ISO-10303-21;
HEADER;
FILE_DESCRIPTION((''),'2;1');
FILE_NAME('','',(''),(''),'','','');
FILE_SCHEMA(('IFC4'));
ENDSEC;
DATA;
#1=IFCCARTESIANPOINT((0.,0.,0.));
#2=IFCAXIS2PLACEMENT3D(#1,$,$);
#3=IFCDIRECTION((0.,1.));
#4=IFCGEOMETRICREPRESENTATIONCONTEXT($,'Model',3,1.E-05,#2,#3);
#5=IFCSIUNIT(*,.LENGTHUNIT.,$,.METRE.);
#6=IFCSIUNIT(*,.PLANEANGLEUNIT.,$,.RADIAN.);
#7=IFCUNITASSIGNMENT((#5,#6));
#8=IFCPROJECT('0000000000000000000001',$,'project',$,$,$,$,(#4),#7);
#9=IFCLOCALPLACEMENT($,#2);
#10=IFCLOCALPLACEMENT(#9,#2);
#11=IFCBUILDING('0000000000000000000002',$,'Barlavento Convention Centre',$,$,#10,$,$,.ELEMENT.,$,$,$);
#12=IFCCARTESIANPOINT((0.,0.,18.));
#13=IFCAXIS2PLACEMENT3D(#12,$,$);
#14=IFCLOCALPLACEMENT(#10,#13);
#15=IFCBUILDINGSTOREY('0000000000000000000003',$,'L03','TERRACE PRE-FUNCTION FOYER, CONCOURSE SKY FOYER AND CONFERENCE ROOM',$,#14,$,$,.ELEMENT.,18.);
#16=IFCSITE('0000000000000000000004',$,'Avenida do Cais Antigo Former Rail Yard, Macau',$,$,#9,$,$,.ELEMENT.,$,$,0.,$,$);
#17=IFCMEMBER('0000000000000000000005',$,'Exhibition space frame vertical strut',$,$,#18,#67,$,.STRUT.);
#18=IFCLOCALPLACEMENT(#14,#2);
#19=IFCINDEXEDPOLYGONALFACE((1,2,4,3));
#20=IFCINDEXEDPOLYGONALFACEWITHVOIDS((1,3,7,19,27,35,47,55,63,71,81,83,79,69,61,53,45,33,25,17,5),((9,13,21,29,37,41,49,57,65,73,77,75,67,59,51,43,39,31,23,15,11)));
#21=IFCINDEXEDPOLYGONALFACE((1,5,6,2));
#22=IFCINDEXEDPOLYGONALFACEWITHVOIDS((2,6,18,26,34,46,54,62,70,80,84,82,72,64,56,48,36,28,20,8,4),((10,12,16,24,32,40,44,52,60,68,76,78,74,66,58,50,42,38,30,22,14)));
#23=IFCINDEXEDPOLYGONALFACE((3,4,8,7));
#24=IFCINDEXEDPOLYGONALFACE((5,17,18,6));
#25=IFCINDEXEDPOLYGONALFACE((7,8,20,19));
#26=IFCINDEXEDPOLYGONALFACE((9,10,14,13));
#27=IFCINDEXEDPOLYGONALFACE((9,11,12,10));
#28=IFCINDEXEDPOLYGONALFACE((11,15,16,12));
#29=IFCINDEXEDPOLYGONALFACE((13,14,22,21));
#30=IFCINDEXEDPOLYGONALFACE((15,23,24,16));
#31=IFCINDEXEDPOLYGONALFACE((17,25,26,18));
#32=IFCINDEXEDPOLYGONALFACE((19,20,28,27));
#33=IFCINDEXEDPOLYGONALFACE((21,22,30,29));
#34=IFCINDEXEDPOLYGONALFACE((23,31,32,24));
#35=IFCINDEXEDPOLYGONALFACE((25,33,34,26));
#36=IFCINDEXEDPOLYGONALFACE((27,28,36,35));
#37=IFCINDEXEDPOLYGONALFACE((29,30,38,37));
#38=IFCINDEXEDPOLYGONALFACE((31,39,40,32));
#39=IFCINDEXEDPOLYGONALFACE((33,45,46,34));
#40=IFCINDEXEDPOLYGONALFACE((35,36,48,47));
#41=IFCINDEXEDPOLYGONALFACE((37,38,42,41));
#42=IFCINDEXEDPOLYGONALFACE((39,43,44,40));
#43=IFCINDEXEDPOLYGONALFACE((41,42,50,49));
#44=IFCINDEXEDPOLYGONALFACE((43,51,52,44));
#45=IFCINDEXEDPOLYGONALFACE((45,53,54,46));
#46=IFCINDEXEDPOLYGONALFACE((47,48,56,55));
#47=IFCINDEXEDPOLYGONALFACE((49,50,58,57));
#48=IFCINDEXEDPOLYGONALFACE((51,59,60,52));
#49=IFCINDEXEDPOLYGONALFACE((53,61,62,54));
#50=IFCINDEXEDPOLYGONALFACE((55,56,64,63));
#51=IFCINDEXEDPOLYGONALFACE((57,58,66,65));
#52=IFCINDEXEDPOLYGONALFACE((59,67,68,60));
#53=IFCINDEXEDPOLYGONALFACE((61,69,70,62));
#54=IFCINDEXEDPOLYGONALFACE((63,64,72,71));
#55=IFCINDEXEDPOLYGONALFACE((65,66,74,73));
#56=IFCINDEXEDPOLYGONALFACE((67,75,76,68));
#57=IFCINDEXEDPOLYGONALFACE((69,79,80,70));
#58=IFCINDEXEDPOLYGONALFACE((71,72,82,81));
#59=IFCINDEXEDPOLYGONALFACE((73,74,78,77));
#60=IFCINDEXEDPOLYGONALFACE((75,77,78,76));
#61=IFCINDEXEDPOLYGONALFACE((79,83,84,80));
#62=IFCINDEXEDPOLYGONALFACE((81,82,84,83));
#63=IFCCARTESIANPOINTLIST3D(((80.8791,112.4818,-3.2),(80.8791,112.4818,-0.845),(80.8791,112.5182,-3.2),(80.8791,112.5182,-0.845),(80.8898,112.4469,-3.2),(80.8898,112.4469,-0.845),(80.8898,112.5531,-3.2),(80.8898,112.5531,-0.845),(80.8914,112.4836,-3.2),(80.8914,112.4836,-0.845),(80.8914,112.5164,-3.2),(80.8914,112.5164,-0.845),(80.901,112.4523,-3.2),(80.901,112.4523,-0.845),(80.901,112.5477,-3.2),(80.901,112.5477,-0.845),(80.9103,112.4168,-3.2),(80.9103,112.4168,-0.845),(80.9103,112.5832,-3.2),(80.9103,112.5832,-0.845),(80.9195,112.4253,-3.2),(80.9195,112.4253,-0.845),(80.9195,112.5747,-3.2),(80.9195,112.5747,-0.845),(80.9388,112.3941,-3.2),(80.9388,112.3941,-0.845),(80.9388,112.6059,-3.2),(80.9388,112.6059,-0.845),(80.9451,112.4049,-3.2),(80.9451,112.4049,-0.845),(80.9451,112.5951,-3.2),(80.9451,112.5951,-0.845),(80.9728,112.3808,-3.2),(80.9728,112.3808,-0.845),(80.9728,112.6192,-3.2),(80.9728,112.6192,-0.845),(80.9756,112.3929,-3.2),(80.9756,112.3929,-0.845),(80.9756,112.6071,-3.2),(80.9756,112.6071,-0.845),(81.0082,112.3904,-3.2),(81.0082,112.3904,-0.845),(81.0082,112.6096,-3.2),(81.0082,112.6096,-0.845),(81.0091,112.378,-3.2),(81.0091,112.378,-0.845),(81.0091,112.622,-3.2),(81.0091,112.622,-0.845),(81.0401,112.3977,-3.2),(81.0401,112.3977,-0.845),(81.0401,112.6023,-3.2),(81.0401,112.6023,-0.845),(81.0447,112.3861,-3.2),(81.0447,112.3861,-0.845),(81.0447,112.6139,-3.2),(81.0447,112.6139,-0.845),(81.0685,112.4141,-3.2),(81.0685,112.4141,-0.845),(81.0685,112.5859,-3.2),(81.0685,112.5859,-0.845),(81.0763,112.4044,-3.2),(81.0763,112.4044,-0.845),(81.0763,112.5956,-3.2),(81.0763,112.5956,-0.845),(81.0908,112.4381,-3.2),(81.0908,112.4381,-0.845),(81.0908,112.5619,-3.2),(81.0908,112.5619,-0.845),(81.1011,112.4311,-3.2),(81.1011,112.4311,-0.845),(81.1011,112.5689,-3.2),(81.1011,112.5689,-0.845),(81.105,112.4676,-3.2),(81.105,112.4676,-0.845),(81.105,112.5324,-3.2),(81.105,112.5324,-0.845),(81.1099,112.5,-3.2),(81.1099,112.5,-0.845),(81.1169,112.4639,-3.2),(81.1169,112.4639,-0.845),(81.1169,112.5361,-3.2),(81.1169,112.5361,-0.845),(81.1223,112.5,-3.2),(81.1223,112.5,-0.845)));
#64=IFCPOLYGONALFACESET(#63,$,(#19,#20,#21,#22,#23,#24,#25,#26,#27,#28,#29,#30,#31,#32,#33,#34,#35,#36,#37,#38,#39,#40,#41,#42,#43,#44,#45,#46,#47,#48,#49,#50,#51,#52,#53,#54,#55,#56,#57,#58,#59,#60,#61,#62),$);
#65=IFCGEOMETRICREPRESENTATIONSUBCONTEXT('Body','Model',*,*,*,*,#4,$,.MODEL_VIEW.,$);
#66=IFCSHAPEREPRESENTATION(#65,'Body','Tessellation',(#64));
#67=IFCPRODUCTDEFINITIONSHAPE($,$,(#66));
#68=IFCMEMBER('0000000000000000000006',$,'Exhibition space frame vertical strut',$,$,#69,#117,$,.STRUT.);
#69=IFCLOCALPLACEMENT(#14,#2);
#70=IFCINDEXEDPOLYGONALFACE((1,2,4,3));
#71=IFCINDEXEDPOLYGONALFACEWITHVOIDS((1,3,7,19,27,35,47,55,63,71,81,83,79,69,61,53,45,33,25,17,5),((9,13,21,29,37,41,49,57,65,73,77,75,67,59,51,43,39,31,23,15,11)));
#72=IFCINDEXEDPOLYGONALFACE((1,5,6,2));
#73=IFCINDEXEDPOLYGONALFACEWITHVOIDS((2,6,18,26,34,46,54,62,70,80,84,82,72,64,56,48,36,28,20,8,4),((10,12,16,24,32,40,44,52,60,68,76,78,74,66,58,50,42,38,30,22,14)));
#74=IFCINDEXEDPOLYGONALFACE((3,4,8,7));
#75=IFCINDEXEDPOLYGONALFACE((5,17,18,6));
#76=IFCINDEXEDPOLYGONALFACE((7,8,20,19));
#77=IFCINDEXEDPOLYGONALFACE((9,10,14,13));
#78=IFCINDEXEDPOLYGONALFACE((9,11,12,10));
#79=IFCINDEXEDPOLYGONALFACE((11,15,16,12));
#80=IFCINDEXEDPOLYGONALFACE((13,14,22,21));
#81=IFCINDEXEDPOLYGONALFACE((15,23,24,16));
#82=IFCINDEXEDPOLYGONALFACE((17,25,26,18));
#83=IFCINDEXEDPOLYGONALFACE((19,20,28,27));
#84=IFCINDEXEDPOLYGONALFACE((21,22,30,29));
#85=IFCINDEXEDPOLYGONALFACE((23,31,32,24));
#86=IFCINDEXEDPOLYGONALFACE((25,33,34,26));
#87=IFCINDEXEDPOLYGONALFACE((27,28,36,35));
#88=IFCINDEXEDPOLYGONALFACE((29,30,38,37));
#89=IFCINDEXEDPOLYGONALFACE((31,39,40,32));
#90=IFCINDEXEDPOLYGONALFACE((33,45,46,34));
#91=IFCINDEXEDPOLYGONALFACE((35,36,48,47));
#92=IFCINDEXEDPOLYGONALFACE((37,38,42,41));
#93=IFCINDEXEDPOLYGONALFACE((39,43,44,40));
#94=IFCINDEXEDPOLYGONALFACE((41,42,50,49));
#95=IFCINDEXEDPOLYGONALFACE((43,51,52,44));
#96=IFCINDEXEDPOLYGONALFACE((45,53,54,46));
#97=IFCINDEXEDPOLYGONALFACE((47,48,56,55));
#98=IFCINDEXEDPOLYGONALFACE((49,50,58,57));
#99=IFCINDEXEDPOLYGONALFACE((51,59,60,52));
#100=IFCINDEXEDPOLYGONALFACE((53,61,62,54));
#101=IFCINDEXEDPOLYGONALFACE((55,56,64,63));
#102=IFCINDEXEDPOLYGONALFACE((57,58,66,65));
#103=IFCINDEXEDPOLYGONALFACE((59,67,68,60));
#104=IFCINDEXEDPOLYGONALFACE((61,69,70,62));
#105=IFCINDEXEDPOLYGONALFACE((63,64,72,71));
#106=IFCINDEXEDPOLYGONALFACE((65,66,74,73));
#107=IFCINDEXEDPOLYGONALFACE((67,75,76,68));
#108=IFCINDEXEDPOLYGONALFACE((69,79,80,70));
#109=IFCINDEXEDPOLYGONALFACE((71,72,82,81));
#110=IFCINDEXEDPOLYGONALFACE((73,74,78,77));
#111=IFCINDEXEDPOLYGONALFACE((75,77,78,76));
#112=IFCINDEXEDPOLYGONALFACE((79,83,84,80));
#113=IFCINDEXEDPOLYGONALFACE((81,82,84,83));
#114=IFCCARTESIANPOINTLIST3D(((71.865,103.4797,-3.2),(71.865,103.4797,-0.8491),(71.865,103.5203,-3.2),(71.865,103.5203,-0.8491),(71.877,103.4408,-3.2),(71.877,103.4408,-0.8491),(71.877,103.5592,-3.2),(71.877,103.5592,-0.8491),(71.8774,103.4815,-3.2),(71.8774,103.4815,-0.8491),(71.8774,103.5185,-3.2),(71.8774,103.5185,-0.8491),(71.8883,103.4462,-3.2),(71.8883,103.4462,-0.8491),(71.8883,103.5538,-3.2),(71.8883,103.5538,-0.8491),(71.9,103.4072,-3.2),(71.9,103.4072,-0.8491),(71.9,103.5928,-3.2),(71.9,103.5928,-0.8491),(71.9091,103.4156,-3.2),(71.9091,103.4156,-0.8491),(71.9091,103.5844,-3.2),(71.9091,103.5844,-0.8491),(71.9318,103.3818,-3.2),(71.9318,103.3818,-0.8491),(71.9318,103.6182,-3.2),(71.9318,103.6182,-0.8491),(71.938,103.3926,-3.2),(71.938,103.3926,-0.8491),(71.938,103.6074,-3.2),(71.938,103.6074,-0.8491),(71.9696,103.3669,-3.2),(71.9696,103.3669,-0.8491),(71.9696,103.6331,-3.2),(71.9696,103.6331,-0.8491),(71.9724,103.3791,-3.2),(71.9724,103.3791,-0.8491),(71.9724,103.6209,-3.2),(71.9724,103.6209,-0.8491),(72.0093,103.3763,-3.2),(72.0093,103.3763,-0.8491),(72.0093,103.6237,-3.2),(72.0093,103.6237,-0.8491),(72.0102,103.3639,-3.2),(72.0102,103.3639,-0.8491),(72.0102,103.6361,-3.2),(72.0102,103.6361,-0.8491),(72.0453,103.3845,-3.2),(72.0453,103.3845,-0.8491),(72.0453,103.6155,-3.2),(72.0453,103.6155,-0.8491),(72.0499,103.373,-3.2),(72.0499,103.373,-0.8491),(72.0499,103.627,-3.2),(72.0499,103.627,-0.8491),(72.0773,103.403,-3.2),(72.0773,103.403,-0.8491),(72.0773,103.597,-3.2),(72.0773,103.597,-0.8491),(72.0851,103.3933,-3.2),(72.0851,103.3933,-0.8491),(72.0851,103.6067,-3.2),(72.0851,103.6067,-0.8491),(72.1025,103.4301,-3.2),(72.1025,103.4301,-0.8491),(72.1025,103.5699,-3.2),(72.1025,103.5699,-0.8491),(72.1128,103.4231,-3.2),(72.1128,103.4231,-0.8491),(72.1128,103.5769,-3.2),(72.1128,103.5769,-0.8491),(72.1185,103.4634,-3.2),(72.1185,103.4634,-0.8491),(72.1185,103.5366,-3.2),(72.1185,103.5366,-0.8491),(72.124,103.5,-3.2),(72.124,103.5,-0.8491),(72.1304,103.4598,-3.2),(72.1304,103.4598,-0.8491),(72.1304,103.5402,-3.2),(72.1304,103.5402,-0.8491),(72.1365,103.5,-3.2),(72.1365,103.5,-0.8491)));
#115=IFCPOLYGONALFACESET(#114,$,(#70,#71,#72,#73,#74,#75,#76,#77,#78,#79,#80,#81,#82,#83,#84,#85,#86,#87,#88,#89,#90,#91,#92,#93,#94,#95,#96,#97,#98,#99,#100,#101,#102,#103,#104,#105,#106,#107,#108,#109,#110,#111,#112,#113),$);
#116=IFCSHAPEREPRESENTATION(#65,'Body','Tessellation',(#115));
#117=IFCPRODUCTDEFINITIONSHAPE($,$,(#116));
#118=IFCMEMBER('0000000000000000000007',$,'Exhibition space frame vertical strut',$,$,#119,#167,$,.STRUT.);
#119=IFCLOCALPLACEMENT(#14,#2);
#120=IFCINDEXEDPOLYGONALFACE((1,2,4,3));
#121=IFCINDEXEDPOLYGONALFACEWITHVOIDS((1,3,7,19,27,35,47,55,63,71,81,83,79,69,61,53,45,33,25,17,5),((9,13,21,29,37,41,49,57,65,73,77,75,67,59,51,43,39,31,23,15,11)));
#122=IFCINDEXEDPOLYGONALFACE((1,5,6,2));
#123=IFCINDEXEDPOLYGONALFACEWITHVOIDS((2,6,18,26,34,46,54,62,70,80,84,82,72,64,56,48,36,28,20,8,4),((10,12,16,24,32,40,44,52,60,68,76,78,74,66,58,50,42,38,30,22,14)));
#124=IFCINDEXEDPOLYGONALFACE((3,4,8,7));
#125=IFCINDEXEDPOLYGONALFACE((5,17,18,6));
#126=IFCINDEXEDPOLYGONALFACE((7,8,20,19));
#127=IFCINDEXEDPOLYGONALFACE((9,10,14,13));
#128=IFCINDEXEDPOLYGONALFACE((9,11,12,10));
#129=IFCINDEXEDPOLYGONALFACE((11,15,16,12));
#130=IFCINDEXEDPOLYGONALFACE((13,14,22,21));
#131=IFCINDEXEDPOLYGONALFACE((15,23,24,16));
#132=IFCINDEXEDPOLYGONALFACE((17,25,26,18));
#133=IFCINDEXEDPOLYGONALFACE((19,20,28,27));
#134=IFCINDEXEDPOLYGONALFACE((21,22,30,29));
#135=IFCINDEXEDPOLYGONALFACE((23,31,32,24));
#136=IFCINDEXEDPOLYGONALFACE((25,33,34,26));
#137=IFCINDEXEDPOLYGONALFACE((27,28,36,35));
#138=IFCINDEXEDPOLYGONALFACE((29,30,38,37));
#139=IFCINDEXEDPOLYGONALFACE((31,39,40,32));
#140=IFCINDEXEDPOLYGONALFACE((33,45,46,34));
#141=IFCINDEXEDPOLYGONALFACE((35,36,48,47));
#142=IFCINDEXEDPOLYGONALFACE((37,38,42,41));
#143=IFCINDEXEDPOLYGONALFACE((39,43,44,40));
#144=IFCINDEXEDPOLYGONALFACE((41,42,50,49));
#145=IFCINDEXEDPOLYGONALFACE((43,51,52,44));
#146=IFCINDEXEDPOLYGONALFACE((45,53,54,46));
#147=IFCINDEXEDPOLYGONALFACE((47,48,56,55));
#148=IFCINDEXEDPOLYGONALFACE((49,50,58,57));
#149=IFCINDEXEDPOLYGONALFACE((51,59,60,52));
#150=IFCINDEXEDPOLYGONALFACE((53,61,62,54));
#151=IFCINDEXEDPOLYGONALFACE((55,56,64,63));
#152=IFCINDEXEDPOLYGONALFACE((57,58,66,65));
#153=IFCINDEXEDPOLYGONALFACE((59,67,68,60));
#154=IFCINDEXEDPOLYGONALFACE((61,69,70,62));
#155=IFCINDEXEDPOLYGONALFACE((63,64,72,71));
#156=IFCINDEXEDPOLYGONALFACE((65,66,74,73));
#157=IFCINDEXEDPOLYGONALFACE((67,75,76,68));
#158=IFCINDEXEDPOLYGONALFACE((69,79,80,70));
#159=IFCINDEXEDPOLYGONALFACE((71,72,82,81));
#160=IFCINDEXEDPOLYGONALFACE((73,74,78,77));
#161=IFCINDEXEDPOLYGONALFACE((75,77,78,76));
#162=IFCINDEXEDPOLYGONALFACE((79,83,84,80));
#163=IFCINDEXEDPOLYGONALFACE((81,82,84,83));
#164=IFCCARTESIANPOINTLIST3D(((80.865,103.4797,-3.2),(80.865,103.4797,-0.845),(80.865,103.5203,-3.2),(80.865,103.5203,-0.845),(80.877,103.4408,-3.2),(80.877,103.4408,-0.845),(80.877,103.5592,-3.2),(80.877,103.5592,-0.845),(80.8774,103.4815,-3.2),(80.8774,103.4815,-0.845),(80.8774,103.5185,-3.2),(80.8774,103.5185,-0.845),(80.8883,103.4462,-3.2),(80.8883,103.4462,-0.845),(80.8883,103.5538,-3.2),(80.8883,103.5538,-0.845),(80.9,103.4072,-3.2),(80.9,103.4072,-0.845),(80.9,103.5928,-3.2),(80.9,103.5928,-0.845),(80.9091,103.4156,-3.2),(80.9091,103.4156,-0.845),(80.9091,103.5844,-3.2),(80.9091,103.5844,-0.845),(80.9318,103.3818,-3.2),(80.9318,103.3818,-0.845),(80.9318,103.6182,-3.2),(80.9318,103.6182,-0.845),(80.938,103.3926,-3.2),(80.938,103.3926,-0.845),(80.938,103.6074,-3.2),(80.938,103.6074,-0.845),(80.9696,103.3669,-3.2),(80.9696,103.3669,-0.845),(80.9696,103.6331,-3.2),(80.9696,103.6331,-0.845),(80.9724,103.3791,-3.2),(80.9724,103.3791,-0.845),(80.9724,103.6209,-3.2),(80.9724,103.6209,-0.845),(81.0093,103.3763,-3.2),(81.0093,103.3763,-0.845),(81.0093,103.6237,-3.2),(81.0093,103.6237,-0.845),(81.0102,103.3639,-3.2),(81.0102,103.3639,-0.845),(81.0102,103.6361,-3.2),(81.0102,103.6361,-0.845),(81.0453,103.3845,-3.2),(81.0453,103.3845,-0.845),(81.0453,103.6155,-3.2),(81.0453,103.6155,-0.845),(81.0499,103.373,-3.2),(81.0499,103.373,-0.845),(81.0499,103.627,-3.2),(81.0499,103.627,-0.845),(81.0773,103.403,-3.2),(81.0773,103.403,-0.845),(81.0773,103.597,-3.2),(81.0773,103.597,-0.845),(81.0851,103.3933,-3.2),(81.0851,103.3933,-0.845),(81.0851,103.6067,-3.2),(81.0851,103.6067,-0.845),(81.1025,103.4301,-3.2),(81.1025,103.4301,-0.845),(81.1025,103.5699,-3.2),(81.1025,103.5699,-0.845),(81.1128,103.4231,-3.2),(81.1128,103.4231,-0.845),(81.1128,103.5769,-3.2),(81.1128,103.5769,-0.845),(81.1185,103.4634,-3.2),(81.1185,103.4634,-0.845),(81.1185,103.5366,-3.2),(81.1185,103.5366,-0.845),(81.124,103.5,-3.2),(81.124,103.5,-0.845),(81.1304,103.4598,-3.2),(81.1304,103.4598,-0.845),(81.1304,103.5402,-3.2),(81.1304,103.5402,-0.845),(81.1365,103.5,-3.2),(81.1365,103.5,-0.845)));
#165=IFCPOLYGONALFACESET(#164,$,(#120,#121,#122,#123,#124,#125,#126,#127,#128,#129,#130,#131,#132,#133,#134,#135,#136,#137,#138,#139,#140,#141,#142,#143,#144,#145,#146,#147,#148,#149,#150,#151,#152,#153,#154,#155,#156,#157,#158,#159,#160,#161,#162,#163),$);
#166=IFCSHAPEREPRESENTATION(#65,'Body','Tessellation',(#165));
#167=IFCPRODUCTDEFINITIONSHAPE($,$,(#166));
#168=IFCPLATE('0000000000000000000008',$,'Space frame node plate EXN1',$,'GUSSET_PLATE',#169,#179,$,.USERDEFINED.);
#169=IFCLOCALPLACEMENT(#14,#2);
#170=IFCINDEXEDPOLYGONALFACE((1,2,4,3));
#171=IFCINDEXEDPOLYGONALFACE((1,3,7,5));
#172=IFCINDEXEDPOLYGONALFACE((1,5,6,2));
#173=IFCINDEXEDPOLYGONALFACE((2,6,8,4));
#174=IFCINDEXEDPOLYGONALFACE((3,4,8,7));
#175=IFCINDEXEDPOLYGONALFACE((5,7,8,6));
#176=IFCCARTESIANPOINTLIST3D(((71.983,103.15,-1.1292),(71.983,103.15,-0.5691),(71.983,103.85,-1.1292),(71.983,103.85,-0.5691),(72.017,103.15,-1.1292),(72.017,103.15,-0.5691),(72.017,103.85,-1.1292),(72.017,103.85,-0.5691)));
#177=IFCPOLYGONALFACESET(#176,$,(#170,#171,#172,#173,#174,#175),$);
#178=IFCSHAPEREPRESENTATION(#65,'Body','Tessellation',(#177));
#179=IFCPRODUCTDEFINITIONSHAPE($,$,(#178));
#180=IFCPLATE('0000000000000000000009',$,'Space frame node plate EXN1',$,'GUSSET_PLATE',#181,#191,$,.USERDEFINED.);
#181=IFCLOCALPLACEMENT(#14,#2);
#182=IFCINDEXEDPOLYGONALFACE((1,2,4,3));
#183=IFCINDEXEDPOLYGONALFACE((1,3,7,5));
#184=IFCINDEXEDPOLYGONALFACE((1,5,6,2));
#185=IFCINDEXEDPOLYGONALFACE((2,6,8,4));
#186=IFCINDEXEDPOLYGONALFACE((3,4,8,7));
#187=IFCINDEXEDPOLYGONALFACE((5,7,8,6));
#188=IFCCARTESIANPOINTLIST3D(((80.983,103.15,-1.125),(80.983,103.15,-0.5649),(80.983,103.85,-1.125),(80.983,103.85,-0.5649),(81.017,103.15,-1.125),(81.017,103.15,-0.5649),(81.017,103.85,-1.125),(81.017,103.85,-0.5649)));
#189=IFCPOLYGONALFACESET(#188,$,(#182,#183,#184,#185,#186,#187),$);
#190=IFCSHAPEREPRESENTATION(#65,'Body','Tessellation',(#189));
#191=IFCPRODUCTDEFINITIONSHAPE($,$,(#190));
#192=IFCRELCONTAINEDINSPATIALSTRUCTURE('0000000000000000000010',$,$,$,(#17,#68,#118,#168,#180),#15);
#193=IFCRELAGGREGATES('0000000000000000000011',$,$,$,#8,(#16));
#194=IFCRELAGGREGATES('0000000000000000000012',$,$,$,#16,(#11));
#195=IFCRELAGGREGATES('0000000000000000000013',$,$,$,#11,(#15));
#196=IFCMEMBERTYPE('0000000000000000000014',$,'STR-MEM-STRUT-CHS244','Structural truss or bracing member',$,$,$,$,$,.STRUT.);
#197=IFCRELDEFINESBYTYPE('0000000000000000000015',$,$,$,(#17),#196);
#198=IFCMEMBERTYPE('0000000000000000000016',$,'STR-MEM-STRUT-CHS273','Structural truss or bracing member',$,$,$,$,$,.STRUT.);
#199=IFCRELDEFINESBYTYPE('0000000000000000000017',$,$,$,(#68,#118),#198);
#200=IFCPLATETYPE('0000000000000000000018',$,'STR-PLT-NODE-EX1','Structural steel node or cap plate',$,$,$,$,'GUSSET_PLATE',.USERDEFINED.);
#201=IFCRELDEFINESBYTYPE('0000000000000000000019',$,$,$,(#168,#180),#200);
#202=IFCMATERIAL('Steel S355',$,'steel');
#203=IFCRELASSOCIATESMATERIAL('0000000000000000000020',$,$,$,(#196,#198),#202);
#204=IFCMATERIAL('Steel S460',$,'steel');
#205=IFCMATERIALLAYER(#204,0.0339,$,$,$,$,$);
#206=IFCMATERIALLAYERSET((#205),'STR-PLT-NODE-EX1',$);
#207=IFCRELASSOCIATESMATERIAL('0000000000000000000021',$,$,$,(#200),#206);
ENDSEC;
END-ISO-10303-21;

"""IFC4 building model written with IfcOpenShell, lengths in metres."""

from ifc_helpers import new_model, si_unit, direction, frame, origin, origin_2d, place, context, subcontext, project, spatial, rectangle, hollow_circle, extrude, material, layer, layer_set, material_profile, profile_set, type_object, element, save


model = new_model("IFC4")

# Units and contexts
model_context = context("Model", 3, precision=1e-05, world=origin(), true_north=direction((0.0, 1.0)))
body_context = subcontext(model_context, "Body", "Model", "MODEL_VIEW")
ifc_project = project(units=[si_unit("LENGTHUNIT", "METRE"), si_unit("PLANEANGLEUNIT", "RADIAN")], contexts=[model_context])

# Site, building, storey
site_placement = place(None, origin())
site = spatial("IfcSite", under=ifc_project, at=site_placement, Name="Avenida do Cais Antigo Former Rail Yard, Macau", CompositionType="ELEMENT", RefElevation=0.0)
building_placement = place(site_placement, origin())
building = spatial("IfcBuilding", under=site, at=building_placement, Name="Barlavento Convention Centre", CompositionType="ELEMENT")
storey_placement = place(building_placement, frame((0.0, 0.0, 18.0)))
storey = spatial("IfcBuildingStorey", under=building, at=storey_placement, Name="L03", Description="TERRACE PRE-FUNCTION FOYER, CONCOURSE SKY FOYER AND CONFERENCE ROOM", CompositionType="ELEMENT", Elevation=18.0)

# Shared definitions
ifc_material_1 = material(Name="Steel S355", Category="steel")

# Members
ifc_material_profile_1 = material_profile(ifc_material_1, hollow_circle(Radius=0.1223, WallThickness=0.0125, at=origin_2d()), Name="CHS 244.5x12.5")
ifc_profile_set_1 = profile_set([ifc_material_profile_1], Name="Steel S355")
member_type_1 = type_object("IfcMemberType", Name="STR-MEM-STRUT-CHS244", Description="Structural truss or bracing member", PredefinedType="STRUT", material=ifc_profile_set_1)
member_1_placement = place(storey_placement, frame((81.0, 112.5, -3.2), z_axis=(0.0, 0.0, 1.0), x_axis=(1.0, 0.0, 0.0)))
element("IfcMember", 1, at=member_1_placement, inside=storey, type_object=member_type_1, Name="Exhibition space frame vertical strut", PredefinedType="STRUT", context=body_context, shape_type="SweptSolid", body=[
    extrude(hollow_circle(Radius=0.1223, WallThickness=0.0125, at=origin_2d()), origin(), (0.0, 0.0, 1.0), 2.355),
])
ifc_material_profile_2 = material_profile(ifc_material_1, hollow_circle(Radius=0.1365, WallThickness=0.0125, at=origin_2d()), Name="CHS 273.0x12.5")
ifc_profile_set_2 = profile_set([ifc_material_profile_2], Name="Steel S355")
member_type_2 = type_object("IfcMemberType", Name="STR-MEM-STRUT-CHS273", Description="Structural truss or bracing member", PredefinedType="STRUT", material=ifc_profile_set_2)
member_2_placement = place(storey_placement, frame((72.0, 103.5, -3.2), z_axis=(0.0, 0.0, 1.0), x_axis=(1.0, 0.0, 0.0)))
element("IfcMember", 2, at=member_2_placement, inside=storey, type_object=member_type_2, Name="Exhibition space frame vertical strut", PredefinedType="STRUT", context=body_context, shape_type="SweptSolid", body=[
    extrude(hollow_circle(Radius=0.1365, WallThickness=0.0125, at=origin_2d()), origin(), (0.0, 0.0, 1.0), 2.3508),
])
member_3_placement = place(storey_placement, frame((81.0, 103.5, -3.2), z_axis=(0.0, 0.0, 1.0), x_axis=(1.0, 0.0, 0.0)))
element("IfcMember", 3, at=member_3_placement, inside=storey, type_object=member_type_2, Name="Exhibition space frame vertical strut", PredefinedType="STRUT", context=body_context, shape_type="SweptSolid", body=[
    extrude(hollow_circle(Radius=0.1365, WallThickness=0.0125, at=origin_2d()), origin(), (0.0, 0.0, 1.0), 2.355),
])

# Plates
ifc_material_2 = material(Name="Steel S460", Category="steel")
ifc_layer = layer(ifc_material_2, 0.0339)
ifc_layer_set = layer_set([ifc_layer], Name="STR-PLT-NODE-EX1")
plate_type = type_object("IfcPlateType", Name="STR-PLT-NODE-EX1", Description="Structural steel node or cap plate", ElementType="GUSSET_PLATE", PredefinedType="USERDEFINED", material=ifc_layer_set)
for number, where, z_axis, x_axis, name in (
    (4, (72.0, 103.5, -1.1292), (0.0, 0.0, 1.0), (1.0, 0.0, 0.0), "Space frame node plate EXN1"),
    (5, (81.0, 103.5, -1.125), (0.0, 0.0, 1.0), (1.0, 0.0, 0.0), "Space frame node plate EXN1"),
):
    element("IfcPlate", number, at=place(storey_placement, frame(where, z_axis=z_axis, x_axis=x_axis)), inside=storey, type_object=plate_type, Name=name, ObjectType="GUSSET_PLATE", PredefinedType="USERDEFINED", context=body_context, shape_type="SweptSolid", body=[
        extrude(rectangle(XDim=0.0339, YDim=0.7, at=origin_2d()), origin(), (0.0, 0.0, 1.0), 0.5601),
    ])

save(model, "model.ifc")
